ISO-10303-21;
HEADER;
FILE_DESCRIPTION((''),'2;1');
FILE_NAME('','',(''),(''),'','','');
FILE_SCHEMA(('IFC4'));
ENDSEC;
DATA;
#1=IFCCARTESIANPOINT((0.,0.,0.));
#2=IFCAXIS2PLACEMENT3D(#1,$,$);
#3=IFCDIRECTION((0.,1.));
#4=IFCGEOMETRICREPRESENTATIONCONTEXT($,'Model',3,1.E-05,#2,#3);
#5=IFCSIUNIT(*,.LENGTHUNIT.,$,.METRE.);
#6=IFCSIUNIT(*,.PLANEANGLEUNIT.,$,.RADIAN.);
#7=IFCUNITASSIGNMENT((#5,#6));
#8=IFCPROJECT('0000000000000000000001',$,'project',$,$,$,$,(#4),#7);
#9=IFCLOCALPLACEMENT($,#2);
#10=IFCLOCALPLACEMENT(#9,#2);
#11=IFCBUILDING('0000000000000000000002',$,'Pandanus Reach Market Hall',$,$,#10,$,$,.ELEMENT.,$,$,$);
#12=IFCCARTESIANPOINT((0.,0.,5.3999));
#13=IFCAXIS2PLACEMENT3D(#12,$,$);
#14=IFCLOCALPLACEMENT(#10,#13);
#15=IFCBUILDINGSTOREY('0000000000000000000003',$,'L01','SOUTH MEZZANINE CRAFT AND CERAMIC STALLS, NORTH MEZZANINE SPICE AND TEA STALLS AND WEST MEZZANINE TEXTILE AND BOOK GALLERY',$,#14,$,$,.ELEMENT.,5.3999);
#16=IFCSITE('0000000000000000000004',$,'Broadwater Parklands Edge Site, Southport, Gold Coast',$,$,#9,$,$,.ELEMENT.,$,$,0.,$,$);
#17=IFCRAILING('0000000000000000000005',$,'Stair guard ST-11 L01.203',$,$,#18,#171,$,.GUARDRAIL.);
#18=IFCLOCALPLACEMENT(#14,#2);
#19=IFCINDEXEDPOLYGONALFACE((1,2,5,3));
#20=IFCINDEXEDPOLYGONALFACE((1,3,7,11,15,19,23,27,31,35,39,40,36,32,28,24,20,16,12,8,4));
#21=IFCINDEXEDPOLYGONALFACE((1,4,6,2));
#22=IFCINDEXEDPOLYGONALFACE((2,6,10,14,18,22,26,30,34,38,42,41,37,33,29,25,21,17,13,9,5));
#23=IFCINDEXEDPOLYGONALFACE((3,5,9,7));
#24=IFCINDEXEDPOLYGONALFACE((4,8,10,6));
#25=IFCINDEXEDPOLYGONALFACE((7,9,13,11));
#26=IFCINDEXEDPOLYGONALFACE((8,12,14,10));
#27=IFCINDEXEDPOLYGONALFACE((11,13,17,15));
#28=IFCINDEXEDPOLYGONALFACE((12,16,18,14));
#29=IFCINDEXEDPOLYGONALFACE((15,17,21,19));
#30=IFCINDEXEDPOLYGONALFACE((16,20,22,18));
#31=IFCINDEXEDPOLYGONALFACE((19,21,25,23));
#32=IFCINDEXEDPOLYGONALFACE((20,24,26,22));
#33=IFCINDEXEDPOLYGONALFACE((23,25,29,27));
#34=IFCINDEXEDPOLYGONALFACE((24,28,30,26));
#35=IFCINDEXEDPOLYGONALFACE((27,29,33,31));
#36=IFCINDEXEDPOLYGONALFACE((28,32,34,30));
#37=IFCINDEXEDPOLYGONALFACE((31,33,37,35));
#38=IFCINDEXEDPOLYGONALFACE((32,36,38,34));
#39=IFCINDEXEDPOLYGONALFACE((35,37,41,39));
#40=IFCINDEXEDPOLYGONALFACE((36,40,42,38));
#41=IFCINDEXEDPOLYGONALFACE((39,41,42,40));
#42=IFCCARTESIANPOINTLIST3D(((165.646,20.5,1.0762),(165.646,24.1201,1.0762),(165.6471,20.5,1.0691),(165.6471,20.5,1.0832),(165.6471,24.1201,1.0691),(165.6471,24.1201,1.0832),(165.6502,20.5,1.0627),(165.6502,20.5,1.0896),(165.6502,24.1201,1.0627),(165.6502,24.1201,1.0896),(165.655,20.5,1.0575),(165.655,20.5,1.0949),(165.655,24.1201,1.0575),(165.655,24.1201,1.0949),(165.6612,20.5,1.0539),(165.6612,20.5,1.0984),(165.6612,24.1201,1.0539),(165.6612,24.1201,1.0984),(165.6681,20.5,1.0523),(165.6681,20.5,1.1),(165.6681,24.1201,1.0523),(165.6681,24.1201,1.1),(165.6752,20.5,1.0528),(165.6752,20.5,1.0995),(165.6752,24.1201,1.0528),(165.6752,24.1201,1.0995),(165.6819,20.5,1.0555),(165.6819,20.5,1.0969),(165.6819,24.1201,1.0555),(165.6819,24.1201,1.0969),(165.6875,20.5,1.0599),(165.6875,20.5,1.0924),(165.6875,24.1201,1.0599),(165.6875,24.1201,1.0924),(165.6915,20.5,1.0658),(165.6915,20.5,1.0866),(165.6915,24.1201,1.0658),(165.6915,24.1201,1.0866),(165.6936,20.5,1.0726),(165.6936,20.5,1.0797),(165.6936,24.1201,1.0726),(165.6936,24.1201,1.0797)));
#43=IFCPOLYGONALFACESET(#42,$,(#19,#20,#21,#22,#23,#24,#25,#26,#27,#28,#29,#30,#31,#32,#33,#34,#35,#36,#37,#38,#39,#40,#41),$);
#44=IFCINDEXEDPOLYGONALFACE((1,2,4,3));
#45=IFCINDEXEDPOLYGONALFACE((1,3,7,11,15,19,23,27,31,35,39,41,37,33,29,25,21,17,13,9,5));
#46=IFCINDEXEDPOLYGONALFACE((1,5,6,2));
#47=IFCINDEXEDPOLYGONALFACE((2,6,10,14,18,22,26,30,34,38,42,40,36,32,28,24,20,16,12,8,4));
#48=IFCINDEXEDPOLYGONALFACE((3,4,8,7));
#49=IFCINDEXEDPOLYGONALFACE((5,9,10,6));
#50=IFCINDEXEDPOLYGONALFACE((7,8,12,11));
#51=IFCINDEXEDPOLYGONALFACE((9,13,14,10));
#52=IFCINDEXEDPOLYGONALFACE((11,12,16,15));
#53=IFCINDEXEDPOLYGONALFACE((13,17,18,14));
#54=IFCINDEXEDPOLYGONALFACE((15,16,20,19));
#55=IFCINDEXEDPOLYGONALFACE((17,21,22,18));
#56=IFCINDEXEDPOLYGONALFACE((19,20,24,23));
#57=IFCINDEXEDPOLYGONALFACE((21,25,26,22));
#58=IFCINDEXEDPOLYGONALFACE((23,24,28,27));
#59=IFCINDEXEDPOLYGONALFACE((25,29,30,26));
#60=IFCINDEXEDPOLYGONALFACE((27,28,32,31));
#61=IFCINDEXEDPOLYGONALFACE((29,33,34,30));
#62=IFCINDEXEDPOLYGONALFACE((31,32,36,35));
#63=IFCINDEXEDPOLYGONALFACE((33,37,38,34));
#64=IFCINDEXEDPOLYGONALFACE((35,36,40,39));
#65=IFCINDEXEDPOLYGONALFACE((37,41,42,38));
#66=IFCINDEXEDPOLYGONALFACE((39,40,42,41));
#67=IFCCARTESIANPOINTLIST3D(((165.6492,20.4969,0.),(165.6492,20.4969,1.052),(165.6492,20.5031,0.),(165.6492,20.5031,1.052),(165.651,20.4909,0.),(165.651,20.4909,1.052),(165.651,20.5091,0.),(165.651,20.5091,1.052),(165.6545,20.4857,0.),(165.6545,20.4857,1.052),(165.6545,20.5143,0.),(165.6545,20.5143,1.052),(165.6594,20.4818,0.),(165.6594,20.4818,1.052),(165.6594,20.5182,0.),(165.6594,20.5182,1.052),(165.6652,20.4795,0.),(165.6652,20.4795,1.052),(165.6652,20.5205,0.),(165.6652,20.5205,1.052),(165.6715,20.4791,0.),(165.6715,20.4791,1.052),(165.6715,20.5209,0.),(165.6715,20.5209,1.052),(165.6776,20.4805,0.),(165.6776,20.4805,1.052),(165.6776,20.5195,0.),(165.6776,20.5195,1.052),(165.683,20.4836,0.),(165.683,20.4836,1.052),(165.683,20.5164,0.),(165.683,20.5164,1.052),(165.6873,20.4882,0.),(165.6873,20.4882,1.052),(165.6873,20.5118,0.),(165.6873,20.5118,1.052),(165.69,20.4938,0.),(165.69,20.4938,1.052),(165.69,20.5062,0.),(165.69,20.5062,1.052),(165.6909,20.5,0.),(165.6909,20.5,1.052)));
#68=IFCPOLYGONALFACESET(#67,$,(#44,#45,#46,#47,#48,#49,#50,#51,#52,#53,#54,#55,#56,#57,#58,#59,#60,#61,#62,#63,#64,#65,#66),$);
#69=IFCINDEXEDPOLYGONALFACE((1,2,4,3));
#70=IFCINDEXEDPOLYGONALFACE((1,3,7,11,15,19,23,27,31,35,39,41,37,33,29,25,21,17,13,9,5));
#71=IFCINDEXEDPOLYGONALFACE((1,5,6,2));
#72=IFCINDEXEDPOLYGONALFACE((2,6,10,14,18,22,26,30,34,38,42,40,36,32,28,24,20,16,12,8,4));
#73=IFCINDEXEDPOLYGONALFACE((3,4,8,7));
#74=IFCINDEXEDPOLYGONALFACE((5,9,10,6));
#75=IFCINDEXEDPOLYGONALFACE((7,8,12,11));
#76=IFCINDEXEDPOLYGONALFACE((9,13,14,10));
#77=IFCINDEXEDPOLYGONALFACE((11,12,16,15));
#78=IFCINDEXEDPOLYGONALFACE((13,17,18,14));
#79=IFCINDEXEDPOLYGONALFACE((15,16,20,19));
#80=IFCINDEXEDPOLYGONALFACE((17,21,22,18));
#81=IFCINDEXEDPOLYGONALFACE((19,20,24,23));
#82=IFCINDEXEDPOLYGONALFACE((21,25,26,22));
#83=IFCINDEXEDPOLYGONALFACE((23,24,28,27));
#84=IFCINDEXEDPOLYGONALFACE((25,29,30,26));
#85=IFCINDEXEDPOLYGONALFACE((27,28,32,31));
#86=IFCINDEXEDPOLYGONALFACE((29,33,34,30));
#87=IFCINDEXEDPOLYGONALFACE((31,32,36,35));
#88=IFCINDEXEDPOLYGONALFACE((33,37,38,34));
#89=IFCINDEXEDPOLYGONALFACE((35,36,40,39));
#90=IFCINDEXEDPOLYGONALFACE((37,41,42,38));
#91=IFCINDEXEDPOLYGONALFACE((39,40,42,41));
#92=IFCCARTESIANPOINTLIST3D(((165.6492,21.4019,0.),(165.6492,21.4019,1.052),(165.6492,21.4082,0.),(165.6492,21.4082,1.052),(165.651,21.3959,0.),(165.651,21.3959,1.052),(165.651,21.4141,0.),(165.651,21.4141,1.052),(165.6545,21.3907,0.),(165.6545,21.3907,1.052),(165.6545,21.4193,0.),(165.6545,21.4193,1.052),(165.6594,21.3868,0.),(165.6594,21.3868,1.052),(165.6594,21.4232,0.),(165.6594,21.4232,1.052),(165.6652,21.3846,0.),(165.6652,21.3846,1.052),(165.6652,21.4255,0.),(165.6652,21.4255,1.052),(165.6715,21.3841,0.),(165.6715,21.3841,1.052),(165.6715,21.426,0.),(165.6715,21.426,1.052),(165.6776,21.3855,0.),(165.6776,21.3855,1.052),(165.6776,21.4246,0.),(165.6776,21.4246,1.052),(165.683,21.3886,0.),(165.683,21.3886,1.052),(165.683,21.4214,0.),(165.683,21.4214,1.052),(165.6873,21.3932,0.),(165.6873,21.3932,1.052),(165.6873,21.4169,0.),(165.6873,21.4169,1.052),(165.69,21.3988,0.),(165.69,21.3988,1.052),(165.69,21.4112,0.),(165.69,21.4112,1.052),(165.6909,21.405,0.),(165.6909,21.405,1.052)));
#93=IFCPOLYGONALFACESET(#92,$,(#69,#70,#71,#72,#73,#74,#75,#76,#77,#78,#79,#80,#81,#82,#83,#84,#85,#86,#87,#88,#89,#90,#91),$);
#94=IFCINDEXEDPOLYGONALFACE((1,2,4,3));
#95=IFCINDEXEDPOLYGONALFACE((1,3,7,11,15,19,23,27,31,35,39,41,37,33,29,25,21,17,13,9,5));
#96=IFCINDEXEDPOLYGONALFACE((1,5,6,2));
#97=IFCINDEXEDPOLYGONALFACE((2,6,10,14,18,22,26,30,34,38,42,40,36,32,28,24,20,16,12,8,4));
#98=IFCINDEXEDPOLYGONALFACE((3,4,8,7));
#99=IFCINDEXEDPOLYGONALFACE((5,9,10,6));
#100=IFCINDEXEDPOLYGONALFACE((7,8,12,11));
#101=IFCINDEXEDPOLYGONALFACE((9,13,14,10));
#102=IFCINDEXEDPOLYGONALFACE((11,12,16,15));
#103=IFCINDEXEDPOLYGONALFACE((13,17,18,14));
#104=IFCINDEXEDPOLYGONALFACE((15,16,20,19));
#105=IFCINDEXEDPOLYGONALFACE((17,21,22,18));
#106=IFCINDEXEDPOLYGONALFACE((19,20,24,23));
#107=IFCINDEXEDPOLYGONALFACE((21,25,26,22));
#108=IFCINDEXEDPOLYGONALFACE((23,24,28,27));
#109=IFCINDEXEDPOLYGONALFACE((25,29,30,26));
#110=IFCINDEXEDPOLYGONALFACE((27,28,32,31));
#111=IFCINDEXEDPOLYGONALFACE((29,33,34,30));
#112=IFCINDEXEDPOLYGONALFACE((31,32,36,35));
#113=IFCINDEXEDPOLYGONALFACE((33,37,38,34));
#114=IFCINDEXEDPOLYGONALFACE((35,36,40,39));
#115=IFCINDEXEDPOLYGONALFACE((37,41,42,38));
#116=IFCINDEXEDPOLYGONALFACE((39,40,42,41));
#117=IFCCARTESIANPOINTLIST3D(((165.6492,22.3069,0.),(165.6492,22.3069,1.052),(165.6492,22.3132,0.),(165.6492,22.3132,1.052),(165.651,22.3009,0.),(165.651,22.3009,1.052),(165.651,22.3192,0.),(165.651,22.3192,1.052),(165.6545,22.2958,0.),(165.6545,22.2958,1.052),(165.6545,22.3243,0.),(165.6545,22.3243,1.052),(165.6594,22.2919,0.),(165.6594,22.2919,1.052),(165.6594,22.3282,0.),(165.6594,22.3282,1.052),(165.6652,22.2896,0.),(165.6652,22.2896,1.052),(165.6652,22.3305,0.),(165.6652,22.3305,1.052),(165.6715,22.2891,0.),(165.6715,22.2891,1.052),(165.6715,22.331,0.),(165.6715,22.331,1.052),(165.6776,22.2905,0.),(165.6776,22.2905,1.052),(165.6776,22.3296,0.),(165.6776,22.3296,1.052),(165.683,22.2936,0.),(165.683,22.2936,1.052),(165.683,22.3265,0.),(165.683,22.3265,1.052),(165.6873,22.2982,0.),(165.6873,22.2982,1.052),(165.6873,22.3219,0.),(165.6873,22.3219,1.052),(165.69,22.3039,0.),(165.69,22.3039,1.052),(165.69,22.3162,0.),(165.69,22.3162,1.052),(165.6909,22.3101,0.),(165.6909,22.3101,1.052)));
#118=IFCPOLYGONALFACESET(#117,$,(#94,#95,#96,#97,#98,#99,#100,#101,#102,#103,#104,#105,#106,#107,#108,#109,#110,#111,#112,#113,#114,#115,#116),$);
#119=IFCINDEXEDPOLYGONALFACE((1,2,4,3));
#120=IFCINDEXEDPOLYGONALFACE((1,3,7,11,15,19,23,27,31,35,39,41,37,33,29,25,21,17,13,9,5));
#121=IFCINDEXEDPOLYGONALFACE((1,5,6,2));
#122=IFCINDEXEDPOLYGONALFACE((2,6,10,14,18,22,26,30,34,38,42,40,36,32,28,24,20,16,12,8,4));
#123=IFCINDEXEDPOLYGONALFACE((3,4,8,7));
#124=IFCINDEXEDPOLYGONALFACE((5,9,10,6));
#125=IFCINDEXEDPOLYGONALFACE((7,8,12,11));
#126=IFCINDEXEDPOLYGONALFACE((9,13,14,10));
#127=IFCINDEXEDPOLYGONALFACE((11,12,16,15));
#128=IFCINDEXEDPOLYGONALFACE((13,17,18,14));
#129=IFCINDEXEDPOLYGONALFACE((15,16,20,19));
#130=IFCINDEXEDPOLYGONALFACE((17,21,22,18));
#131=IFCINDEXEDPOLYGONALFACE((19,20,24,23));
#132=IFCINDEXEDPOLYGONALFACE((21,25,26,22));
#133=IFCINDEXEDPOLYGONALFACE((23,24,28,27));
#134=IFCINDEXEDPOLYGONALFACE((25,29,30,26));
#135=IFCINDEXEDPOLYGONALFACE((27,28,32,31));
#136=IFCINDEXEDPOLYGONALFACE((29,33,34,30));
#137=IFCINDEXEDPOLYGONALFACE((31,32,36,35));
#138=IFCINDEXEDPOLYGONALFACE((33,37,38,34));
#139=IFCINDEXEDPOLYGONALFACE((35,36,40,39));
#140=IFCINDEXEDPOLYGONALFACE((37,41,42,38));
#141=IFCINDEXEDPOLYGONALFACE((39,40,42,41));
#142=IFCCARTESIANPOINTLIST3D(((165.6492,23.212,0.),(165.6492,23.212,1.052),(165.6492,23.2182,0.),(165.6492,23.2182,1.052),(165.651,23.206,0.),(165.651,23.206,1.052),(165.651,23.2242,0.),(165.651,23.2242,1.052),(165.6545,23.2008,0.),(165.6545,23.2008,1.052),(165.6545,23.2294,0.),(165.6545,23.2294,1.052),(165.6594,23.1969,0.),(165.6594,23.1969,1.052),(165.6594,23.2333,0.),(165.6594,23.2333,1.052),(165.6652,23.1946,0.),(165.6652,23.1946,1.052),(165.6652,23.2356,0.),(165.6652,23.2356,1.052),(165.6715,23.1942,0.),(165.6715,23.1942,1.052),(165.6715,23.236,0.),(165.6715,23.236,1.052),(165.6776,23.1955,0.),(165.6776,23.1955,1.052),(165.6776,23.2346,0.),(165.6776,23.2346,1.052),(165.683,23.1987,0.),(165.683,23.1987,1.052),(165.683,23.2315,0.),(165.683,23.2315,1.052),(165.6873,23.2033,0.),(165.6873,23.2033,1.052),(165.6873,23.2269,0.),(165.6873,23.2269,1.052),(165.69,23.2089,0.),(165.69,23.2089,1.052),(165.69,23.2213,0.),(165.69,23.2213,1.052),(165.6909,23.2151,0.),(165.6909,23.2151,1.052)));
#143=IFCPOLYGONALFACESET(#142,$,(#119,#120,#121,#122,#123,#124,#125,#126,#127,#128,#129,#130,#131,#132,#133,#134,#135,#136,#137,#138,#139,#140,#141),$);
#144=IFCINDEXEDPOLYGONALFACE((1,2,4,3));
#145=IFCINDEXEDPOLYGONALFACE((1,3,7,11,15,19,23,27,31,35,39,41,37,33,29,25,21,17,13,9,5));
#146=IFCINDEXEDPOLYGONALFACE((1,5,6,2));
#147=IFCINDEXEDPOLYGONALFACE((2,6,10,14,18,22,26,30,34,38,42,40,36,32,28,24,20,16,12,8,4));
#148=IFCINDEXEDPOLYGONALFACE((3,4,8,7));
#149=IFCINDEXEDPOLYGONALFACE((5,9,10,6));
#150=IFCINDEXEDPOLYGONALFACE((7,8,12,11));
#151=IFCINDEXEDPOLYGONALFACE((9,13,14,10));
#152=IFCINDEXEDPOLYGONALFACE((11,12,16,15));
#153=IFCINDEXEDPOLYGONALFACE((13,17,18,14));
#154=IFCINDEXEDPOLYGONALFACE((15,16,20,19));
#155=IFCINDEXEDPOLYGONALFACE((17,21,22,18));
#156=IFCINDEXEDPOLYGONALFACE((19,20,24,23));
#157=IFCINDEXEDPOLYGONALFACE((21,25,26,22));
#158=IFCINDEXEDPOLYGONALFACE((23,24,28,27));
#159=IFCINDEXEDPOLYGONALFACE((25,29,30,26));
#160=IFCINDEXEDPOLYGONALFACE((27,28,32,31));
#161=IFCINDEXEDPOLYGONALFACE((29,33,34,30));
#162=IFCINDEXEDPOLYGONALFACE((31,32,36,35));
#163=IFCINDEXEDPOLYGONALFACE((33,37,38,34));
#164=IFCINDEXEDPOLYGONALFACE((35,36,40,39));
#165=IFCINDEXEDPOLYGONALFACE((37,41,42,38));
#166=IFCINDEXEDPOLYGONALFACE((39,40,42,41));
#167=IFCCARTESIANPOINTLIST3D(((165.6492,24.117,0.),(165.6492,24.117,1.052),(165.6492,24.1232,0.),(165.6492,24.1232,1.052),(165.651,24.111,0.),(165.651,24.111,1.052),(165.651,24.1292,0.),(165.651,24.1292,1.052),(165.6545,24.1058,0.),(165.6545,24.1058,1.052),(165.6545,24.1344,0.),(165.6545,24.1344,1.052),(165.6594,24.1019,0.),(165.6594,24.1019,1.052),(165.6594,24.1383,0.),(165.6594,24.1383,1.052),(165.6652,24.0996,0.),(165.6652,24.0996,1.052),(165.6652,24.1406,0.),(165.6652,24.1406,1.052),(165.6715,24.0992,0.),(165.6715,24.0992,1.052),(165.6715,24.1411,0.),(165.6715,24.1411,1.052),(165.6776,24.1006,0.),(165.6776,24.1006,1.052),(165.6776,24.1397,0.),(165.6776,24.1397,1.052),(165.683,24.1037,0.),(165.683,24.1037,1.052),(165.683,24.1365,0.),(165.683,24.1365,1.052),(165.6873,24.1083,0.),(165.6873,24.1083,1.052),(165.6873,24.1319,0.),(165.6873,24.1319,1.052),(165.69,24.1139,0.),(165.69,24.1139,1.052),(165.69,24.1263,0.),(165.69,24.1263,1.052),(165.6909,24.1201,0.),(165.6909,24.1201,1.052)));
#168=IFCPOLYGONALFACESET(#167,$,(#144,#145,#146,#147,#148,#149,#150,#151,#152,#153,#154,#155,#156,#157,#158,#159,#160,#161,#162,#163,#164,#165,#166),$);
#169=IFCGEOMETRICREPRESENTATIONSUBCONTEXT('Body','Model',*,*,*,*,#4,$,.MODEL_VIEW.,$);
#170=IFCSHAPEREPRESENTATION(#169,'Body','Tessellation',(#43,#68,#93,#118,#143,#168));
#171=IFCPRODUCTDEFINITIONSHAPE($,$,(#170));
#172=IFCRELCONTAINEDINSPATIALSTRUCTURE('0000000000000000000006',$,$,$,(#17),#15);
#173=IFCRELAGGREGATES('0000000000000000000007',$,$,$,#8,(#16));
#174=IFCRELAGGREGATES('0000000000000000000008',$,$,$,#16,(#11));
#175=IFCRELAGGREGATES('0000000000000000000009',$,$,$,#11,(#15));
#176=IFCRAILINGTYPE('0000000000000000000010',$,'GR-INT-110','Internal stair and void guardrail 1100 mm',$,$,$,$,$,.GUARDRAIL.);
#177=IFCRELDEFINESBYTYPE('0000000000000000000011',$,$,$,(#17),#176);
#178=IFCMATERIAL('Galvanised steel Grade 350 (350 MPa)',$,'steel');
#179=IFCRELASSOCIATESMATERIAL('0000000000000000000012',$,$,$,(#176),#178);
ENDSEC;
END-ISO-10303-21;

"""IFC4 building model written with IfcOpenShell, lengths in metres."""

from ifc_helpers import new_model, si_unit, direction, frame, origin, origin_2d, place, context, subcontext, project, spatial, circle, extrude, material, type_object, element, save


model = new_model("IFC4")

# Units and contexts
model_context = context("Model", 3, precision=1e-05, world=origin(), true_north=direction((0.0, 1.0)))
body_context = subcontext(model_context, "Body", "Model", "MODEL_VIEW")
ifc_project = project(units=[si_unit("LENGTHUNIT", "METRE"), si_unit("PLANEANGLEUNIT", "RADIAN")], contexts=[model_context])

# Site, building, storey
site_placement = place(None, origin())
site = spatial("IfcSite", under=ifc_project, at=site_placement, Name="Broadwater Parklands Edge Site, Southport, Gold Coast", CompositionType="ELEMENT", RefElevation=0.0)
building_placement = place(site_placement, origin())
building = spatial("IfcBuilding", under=site, at=building_placement, Name="Pandanus Reach Market Hall", CompositionType="ELEMENT")
storey_placement = place(building_placement, frame((0.0, 0.0, 5.3999)))
storey = spatial("IfcBuildingStorey", under=building, at=storey_placement, Name="L01", Description="SOUTH MEZZANINE CRAFT AND CERAMIC STALLS, NORTH MEZZANINE SPICE AND TEA STALLS AND WEST MEZZANINE TEXTILE AND BOOK GALLERY", CompositionType="ELEMENT", Elevation=5.3999)

# Railing
ifc_material_1 = material(Name="Galvanised steel Grade 350 (350 MPa)", Category="steel")
railing_type_1 = type_object("IfcRailingType", Name="GR-INT-110", Description="Internal stair and void guardrail 1100 mm", PredefinedType="GUARDRAIL", material=ifc_material_1)
railing_1_placement = place(storey_placement, frame((165.6699, 20.5, 0.0)))
element("IfcRailing", 1, at=railing_1_placement, inside=storey, type_object=railing_type_1, Name="Stair guard ST-11 L01.203", PredefinedType="GUARDRAIL", context=body_context, shape_type="SweptSolid", body=[
    extrude(circle(Radius=0.0239, at=origin_2d()), frame((0.0, 0.0, 1.0762), z_axis=(0.0, 1.0, 0.0), x_axis=(-1.0, 0.0, 0.0)), (0.0, 0.0, 1.0), 3.6201),
    extrude(circle(Radius=0.021, at=origin_2d()), origin(), (0.0, 0.0, 1.0), 1.052),
    extrude(circle(Radius=0.021, at=origin_2d()), frame((0.0, 0.905, 0.0)), (0.0, 0.0, 1.0), 1.052),
    extrude(circle(Radius=0.021, at=origin_2d()), frame((0.0, 1.8101, 0.0)), (0.0, 0.0, 1.0), 1.052),
    extrude(circle(Radius=0.021, at=origin_2d()), frame((0.0, 2.7151, 0.0)), (0.0, 0.0, 1.0), 1.052),
    extrude(circle(Radius=0.021, at=origin_2d()), frame((0.0, 3.6201, 0.0)), (0.0, 0.0, 1.0), 1.052),
])

save(model, "model.ifc")
